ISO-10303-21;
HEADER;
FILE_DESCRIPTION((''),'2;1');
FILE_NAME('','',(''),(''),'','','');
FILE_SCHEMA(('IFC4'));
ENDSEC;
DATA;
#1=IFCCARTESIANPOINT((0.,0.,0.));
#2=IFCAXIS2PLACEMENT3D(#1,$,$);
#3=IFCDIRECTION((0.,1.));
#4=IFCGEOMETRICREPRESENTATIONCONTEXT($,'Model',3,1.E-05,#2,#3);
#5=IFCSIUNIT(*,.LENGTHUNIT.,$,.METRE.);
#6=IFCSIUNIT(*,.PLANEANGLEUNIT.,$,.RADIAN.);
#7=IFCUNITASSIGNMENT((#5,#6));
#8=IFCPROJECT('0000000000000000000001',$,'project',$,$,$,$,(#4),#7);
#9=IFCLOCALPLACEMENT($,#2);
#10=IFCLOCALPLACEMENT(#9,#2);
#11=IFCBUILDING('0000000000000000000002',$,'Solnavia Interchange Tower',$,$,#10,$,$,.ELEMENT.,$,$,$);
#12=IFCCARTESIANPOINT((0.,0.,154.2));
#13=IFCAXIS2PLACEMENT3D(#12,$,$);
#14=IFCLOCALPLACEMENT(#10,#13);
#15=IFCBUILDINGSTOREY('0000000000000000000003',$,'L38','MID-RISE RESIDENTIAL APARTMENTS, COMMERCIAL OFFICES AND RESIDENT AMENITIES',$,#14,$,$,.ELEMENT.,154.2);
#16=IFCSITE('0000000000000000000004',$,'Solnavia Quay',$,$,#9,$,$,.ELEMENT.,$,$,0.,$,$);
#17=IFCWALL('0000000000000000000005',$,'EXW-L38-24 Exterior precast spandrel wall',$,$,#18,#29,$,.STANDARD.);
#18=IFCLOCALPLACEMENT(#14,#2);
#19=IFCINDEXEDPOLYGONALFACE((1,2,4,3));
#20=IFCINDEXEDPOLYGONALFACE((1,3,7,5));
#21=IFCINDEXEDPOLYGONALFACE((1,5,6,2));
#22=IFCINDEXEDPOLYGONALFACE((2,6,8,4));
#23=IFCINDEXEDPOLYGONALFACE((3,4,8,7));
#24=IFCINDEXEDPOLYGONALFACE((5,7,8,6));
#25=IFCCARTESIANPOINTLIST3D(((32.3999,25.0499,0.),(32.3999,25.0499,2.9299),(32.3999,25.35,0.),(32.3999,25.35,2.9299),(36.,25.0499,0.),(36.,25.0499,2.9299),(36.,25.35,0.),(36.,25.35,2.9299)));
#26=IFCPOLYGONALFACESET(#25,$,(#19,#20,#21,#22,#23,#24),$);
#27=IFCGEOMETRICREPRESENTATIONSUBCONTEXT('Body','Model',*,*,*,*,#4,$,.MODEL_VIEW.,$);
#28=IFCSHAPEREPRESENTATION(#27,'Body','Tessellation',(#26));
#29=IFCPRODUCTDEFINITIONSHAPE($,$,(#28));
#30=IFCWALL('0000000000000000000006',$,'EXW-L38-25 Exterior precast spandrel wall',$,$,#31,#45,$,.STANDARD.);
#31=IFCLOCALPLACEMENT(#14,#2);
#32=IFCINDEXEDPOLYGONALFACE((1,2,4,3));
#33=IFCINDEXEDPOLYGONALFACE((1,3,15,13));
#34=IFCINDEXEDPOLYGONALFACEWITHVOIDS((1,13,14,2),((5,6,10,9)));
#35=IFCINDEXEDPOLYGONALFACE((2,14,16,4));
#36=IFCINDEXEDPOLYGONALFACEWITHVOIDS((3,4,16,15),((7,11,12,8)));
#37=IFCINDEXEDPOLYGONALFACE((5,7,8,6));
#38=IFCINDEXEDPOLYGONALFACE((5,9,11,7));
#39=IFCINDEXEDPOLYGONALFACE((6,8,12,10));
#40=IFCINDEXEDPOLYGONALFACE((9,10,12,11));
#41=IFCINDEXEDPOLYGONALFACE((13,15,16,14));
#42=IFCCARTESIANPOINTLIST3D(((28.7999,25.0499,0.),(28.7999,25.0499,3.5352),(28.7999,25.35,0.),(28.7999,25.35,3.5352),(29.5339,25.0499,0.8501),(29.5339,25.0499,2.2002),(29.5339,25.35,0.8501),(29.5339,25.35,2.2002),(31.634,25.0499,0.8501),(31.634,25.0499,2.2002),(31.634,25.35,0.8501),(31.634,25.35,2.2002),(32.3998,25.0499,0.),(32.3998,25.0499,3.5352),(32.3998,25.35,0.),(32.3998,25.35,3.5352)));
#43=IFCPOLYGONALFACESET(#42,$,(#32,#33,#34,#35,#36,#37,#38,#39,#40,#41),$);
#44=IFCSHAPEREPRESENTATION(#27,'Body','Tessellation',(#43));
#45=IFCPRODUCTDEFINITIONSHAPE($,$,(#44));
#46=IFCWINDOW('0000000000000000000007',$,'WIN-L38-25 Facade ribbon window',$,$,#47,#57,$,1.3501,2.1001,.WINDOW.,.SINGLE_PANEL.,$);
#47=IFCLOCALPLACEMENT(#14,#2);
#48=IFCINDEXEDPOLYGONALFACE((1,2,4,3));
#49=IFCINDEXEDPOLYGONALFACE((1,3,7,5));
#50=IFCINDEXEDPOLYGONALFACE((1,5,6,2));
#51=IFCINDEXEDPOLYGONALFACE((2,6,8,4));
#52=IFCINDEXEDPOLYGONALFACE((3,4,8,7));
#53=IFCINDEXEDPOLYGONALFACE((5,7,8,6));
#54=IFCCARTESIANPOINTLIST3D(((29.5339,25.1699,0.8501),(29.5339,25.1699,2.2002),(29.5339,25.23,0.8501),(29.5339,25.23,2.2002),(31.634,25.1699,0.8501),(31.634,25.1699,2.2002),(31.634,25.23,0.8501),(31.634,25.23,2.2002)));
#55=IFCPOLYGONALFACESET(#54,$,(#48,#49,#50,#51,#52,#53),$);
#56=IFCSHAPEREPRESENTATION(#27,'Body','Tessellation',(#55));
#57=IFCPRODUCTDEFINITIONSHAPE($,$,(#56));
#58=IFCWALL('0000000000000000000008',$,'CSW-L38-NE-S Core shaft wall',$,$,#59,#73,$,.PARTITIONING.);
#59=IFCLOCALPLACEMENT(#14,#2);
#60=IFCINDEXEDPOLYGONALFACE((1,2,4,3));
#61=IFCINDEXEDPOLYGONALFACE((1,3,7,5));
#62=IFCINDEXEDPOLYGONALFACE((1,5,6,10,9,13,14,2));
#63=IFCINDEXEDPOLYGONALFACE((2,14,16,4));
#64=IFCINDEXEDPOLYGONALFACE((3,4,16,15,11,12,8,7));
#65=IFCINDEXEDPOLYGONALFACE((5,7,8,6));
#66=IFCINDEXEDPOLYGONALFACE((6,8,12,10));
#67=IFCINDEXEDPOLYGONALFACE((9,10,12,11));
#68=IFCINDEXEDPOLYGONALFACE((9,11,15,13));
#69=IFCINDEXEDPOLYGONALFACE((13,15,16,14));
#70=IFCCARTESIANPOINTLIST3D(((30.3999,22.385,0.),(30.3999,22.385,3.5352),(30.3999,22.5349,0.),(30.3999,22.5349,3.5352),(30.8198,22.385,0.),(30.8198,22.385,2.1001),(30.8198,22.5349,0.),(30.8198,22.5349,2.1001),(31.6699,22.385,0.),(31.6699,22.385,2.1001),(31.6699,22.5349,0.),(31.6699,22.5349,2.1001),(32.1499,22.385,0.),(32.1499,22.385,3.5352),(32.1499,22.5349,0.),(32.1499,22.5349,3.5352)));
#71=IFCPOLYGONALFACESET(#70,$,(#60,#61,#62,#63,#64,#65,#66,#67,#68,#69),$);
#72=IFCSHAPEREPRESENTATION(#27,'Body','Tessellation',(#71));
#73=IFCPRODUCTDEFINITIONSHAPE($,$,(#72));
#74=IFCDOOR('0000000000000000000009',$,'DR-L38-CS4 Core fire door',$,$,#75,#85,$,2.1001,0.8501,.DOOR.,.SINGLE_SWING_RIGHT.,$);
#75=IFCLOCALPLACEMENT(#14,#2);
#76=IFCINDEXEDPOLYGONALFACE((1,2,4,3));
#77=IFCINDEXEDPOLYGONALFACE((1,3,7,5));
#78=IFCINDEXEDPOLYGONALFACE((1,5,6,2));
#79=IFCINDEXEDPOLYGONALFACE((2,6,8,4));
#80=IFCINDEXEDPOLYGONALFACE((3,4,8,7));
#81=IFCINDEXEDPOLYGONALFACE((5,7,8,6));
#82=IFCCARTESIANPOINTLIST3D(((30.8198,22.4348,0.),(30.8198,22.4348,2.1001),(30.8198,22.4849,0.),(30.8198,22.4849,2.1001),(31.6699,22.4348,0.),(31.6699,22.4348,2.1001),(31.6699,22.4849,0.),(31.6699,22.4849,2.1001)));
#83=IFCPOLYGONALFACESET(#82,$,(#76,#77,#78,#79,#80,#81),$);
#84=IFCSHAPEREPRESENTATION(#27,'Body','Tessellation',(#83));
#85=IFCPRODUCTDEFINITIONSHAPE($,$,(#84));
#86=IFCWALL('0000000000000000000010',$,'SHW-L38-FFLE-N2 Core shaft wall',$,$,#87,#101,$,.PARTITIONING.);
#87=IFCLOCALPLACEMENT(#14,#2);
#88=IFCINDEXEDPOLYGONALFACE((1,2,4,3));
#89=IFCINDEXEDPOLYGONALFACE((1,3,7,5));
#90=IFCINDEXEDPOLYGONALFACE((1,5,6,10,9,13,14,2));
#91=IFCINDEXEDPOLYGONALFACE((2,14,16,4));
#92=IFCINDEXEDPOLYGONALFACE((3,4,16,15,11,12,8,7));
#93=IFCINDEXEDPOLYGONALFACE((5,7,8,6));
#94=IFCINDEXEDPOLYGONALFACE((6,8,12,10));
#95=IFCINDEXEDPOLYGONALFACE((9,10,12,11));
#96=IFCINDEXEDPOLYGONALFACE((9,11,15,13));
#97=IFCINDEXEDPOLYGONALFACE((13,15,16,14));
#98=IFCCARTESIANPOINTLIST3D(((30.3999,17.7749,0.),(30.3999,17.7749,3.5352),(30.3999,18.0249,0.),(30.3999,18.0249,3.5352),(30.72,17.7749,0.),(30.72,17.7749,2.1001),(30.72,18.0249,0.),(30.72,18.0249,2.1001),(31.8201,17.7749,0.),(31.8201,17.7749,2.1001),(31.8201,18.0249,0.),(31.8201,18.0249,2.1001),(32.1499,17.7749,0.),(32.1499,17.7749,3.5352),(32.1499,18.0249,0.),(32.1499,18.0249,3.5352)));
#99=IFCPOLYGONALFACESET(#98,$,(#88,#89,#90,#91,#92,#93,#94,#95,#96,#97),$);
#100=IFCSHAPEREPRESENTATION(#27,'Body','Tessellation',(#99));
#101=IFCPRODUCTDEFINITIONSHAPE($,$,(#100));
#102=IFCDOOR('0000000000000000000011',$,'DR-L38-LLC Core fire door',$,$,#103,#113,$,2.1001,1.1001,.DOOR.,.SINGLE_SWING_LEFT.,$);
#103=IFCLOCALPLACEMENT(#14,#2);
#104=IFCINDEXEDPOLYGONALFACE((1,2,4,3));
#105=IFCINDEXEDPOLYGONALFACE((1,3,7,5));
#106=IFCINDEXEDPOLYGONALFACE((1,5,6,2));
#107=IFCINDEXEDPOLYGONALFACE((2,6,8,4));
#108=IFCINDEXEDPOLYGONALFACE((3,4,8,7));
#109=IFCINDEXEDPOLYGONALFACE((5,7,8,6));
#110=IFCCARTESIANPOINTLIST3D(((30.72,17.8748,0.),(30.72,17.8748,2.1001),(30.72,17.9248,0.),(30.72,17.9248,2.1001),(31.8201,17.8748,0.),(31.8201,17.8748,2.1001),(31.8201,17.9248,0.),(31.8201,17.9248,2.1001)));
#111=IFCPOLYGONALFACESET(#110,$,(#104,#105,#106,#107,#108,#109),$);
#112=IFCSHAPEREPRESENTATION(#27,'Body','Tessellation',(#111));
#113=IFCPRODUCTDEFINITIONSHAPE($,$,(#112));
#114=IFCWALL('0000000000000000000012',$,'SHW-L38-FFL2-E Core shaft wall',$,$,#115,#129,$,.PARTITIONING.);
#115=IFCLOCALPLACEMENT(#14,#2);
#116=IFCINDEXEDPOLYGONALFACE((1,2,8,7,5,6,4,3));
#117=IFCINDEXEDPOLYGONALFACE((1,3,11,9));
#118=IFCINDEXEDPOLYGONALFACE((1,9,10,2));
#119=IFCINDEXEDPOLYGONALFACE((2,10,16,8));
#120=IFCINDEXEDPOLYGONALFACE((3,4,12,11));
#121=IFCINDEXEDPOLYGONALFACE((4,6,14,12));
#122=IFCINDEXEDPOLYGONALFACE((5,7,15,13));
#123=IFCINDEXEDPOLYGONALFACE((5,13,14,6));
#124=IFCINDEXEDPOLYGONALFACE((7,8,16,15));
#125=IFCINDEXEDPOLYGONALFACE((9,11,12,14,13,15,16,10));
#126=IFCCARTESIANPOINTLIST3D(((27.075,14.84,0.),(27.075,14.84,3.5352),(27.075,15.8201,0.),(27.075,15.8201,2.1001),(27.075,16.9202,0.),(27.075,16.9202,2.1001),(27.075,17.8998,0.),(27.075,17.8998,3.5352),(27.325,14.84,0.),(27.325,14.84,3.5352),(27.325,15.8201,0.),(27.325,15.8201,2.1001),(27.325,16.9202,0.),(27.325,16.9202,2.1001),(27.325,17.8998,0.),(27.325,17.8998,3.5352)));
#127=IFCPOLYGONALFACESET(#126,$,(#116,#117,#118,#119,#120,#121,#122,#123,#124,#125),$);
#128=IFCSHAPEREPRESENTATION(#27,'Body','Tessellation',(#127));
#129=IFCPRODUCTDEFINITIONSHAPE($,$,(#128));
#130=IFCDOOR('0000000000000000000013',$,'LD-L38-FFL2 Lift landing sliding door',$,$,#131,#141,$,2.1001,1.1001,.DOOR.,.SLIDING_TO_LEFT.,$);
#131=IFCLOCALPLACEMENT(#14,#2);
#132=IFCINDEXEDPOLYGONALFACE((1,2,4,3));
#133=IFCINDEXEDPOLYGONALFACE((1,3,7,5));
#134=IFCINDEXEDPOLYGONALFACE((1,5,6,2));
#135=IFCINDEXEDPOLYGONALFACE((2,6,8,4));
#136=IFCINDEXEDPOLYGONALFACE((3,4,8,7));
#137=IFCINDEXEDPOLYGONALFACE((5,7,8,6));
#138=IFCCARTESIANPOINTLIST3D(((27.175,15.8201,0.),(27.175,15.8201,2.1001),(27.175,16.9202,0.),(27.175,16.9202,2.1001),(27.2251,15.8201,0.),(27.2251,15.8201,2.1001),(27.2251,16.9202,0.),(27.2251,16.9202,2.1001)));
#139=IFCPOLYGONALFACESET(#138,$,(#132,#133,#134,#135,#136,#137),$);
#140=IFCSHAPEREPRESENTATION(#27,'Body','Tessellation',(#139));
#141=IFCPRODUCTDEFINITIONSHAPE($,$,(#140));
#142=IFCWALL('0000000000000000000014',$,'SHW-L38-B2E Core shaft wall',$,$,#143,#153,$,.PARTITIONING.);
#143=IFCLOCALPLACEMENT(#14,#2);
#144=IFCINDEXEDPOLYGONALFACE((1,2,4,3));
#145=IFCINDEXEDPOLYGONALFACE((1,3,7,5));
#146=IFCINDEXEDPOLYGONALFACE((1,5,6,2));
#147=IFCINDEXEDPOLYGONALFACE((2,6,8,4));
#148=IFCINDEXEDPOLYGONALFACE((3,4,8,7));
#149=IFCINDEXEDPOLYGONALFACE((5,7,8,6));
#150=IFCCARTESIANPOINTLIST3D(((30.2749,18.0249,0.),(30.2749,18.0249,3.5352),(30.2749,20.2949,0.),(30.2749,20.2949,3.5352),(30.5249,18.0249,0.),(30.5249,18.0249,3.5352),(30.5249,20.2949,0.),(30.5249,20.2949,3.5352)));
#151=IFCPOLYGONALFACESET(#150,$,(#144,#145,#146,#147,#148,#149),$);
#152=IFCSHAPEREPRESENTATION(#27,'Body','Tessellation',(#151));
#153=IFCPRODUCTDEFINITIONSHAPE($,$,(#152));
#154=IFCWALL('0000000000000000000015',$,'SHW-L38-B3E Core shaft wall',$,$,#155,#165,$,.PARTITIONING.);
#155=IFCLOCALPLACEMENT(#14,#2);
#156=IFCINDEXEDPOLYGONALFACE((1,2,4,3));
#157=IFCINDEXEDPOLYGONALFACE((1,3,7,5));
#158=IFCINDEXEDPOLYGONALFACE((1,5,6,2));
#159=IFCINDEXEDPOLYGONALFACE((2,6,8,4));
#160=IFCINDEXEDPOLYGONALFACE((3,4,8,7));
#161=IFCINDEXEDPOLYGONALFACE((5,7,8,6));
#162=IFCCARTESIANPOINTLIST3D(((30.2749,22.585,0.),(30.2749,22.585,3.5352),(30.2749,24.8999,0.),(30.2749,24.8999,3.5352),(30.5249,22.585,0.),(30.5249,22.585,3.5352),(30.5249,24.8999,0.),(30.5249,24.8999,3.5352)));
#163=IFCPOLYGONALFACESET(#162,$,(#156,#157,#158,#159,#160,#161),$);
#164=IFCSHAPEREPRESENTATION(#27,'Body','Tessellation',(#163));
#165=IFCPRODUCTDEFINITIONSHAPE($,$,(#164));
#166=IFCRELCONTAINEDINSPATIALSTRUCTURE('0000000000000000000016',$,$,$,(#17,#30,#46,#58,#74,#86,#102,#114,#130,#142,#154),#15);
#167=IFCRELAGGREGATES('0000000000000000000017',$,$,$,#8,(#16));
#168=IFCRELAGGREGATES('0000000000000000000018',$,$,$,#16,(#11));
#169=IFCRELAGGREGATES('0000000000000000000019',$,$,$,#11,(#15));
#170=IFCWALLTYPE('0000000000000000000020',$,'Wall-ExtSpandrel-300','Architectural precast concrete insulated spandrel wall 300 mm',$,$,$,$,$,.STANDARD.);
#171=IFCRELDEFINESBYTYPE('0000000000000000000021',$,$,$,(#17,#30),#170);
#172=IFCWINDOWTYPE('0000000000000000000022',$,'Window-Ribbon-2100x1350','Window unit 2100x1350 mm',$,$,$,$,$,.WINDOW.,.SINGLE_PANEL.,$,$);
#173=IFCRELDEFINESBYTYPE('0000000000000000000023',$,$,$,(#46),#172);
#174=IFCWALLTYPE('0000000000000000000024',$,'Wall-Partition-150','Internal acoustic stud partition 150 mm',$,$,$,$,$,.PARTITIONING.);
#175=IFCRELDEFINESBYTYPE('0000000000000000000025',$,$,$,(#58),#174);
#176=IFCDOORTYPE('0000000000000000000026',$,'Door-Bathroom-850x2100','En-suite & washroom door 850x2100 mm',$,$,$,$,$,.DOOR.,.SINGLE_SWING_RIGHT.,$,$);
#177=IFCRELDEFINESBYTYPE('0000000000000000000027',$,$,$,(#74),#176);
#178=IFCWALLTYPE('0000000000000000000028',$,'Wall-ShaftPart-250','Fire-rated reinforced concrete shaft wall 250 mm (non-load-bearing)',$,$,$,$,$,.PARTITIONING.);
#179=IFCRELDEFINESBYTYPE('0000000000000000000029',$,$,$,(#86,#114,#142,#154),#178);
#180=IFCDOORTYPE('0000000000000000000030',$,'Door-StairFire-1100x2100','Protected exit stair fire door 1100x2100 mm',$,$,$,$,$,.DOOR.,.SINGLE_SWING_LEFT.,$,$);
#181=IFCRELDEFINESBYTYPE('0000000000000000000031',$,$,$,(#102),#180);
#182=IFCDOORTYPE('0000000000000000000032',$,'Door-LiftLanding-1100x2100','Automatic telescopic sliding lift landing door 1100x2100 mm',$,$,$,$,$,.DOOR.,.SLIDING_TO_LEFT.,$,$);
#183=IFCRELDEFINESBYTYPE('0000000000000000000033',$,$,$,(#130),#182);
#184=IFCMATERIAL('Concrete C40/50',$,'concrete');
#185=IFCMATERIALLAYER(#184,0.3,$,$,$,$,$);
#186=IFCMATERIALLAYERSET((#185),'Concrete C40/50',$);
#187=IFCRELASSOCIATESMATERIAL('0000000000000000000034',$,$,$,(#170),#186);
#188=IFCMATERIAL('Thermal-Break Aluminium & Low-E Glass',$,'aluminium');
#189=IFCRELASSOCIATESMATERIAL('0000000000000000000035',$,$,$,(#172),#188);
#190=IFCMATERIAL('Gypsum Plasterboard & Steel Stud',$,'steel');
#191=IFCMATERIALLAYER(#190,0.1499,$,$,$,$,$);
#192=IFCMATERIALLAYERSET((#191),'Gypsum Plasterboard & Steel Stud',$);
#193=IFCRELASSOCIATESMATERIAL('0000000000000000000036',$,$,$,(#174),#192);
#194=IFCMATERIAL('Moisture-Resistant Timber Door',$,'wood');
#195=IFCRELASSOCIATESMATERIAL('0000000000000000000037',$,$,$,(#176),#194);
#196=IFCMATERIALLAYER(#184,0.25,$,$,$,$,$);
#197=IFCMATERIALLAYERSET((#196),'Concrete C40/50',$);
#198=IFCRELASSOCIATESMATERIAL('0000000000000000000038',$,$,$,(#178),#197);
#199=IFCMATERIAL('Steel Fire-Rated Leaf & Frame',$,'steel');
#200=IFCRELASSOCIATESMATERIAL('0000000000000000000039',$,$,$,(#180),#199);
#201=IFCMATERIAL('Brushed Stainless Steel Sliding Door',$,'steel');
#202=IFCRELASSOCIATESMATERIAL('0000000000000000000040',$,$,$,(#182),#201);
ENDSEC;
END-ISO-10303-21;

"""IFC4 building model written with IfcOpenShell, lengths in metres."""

from ifc_helpers import new_model, si_unit, direction, frame, frame_2d, origin, place, context, subcontext, project, spatial, rectangle, extrude, material, layer, layer_set, type_object, element, fill, save


model = new_model("IFC4")

# Units and contexts
model_context = context("Model", 3, precision=1e-05, world=origin(), true_north=direction((0.0, 1.0)))
body_context = subcontext(model_context, "Body", "Model", "MODEL_VIEW")
ifc_project = project(units=[si_unit("LENGTHUNIT", "METRE"), si_unit("PLANEANGLEUNIT", "RADIAN")], contexts=[model_context])

# Site, building, storey
site_placement = place(None, origin())
site = spatial("IfcSite", under=ifc_project, at=site_placement, Name="Solnavia Quay", CompositionType="ELEMENT", RefElevation=0.0)
building_placement = place(site_placement, origin())
building = spatial("IfcBuilding", under=site, at=building_placement, Name="Solnavia Interchange Tower", CompositionType="ELEMENT")
storey_placement = place(building_placement, frame((0.0, 0.0, 154.2)))
storey = spatial("IfcBuildingStorey", under=building, at=storey_placement, Name="L38", Description="MID-RISE RESIDENTIAL APARTMENTS, COMMERCIAL OFFICES AND RESIDENT AMENITIES", CompositionType="ELEMENT", Elevation=154.2)

# Wall
ifc_material_1 = material(Name="Concrete C40/50", Category="concrete")
ifc_layer_1 = layer(ifc_material_1, 0.3)
ifc_layer_set_1 = layer_set([ifc_layer_1], Name="Concrete C40/50")
wall_type_1 = type_object("IfcWallType", Name="Wall-ExtSpandrel-300", Description="Architectural precast concrete insulated spandrel wall 300 mm", PredefinedType="STANDARD", material=ifc_layer_set_1)
wall_1_placement = place(storey_placement, frame((32.3999, 25.2, 0.0), z_axis=(0.0, 0.0, 1.0), x_axis=(1.0, 0.0, 0.0)))
element("IfcWall", 1, at=wall_1_placement, inside=storey, type_object=wall_type_1, Name="EXW-L38-24 Exterior precast spandrel wall", PredefinedType="STANDARD", context=body_context, shape_type="SweptSolid", body=[
    extrude(rectangle(XDim=3.6001, YDim=0.3, at=frame_2d((1.8, 0.0))), origin(), (0.0, 0.0, 1.0), 2.9299),
])

# Wall, opening, window
wall_2_placement = place(storey_placement, frame((28.8, 25.2, 0.0), z_axis=(0.0, 0.0, 1.0), x_axis=(1.0, 0.0, 0.0)))
wall_2 = element("IfcWall", 2, at=wall_2_placement, inside=storey, type_object=wall_type_1, Name="EXW-L38-25 Exterior precast spandrel wall", PredefinedType="STANDARD", context=body_context, shape_type="SweptSolid", body=[
    extrude(rectangle(XDim=3.5999, YDim=0.3, at=frame_2d((1.7998, 0.0))), origin(), (0.0, 0.0, 1.0), 3.5352),
])
opening_1_placement = place(wall_2_placement, frame((0.7339, 0.0, 0.8501)))
opening_1 = element("IfcOpeningElement", 3, at=opening_1_placement, cuts=wall_2, PredefinedType="OPENING", context=body_context, shape_type="SweptSolid", body=[
    extrude(rectangle(XDim=2.1001, YDim=1.3501, at=frame_2d((1.05, 0.675))), frame((0.0, 0.1602, 0.0), z_axis=(0.0, -1.0, 0.0), x_axis=(1.0, 0.0, 0.0)), (0.0, 0.0, 1.0), 0.3201),
])
ifc_material_2 = material(Name="Thermal-Break Aluminium & Low-E Glass", Category="aluminium")
window_type = type_object("IfcWindowType", Name="Window-Ribbon-2100x1350", Description="Window unit 2100x1350 mm", PartitioningType="SINGLE_PANEL", PredefinedType="WINDOW", material=ifc_material_2)
window_placement = place(opening_1_placement, origin())
window = element("IfcWindow", 4, at=window_placement, inside=storey, type_object=window_type, Name="WIN-L38-25 Facade ribbon window", OverallHeight=1.3501, OverallWidth=2.1001, PartitioningType="SINGLE_PANEL", PredefinedType="WINDOW", context=body_context, shape_type="SweptSolid", body=[
    extrude(rectangle(XDim=2.1001, YDim=1.3501, at=frame_2d((1.05, 0.675))), frame((0.0, 0.03, 0.0), z_axis=(0.0, -1.0, 0.0), x_axis=(1.0, 0.0, 0.0)), (0.0, 0.0, 1.0), 0.0601),
])
fill(opening_1, window)

# Walls, openings, doors
ifc_material_3 = material(Name="Gypsum Plasterboard & Steel Stud", Category="steel")
ifc_layer_2 = layer(ifc_material_3, 0.1499)
ifc_layer_set_2 = layer_set([ifc_layer_2], Name="Gypsum Plasterboard & Steel Stud")
wall_type_2 = type_object("IfcWallType", Name="Wall-Partition-150", Description="Internal acoustic stud partition 150 mm", PredefinedType="PARTITIONING", material=ifc_layer_set_2)
wall_3_placement = place(storey_placement, frame((30.3999, 22.46, 0.0), z_axis=(0.0, 0.0, 1.0), x_axis=(1.0, 0.0, 0.0)))
wall_3 = element("IfcWall", 5, at=wall_3_placement, inside=storey, type_object=wall_type_2, Name="CSW-L38-NE-S Core shaft wall", PredefinedType="PARTITIONING", context=body_context, shape_type="SweptSolid", body=[
    extrude(rectangle(XDim=1.75, YDim=0.1499, at=frame_2d((0.875, 0.0))), origin(), (0.0, 0.0, 1.0), 3.5352),
])
opening_2_placement = place(wall_3_placement, frame((0.4199, 0.0, 0.0)))
opening_2 = element("IfcOpeningElement", 6, at=opening_2_placement, cuts=wall_3, PredefinedType="OPENING", context=body_context, shape_type="SweptSolid", body=[
    extrude(rectangle(XDim=0.8501, YDim=2.1001, at=frame_2d((0.425, 1.05))), frame((0.0, 0.085, 0.0), z_axis=(0.0, -1.0, 0.0), x_axis=(1.0, 0.0, 0.0)), (0.0, 0.0, 1.0), 0.1699),
])
ifc_material_4 = material(Name="Moisture-Resistant Timber Door", Category="wood")
door_type_1 = type_object("IfcDoorType", Name="Door-Bathroom-850x2100", Description="En-suite & washroom door 850x2100 mm", OperationType="SINGLE_SWING_RIGHT", PredefinedType="DOOR", material=ifc_material_4)
door_1_placement = place(opening_2_placement, origin())
door_1 = element("IfcDoor", 7, at=door_1_placement, inside=storey, type_object=door_type_1, Name="DR-L38-CS4 Core fire door", OperationType="SINGLE_SWING_RIGHT", OverallHeight=2.1001, OverallWidth=0.8501, PredefinedType="DOOR", context=body_context, shape_type="SweptSolid", body=[
    extrude(rectangle(XDim=0.8501, YDim=2.1001, at=frame_2d((0.425, 1.05))), frame((0.0, 0.0249, 0.0), z_axis=(0.0, -1.0, 0.0), x_axis=(1.0, 0.0, 0.0)), (0.0, 0.0, 1.0), 0.05),
])
fill(opening_2, door_1)
ifc_layer_3 = layer(ifc_material_1, 0.25)
ifc_layer_set_3 = layer_set([ifc_layer_3], Name="Concrete C40/50")
wall_type_3 = type_object("IfcWallType", Name="Wall-ShaftPart-250", Description="Fire-rated reinforced concrete shaft wall 250 mm (non-load-bearing)", PredefinedType="PARTITIONING", material=ifc_layer_set_3)
wall_4_placement = place(storey_placement, frame((30.3999, 17.8999, 0.0), z_axis=(0.0, 0.0, 1.0), x_axis=(1.0, 0.0, 0.0)))
wall_4 = element("IfcWall", 8, at=wall_4_placement, inside=storey, type_object=wall_type_3, Name="SHW-L38-FFLE-N2 Core shaft wall", PredefinedType="PARTITIONING", context=body_context, shape_type="SweptSolid", body=[
    extrude(rectangle(XDim=1.75, YDim=0.25, at=frame_2d((0.875, 0.0))), origin(), (0.0, 0.0, 1.0), 3.5352),
])
opening_3_placement = place(wall_4_placement, frame((0.3201, 0.0, 0.0)))
opening_3 = element("IfcOpeningElement", 9, at=opening_3_placement, cuts=wall_4, PredefinedType="OPENING", context=body_context, shape_type="SweptSolid", body=[
    extrude(rectangle(XDim=1.1001, YDim=2.1001, at=frame_2d((0.55, 1.05))), frame((0.0, 0.135, 0.0), z_axis=(0.0, -1.0, 0.0), x_axis=(1.0, 0.0, 0.0)), (0.0, 0.0, 1.0), 0.27),
])
ifc_material_5 = material(Name="Steel Fire-Rated Leaf & Frame", Category="steel")
door_type_2 = type_object("IfcDoorType", Name="Door-StairFire-1100x2100", Description="Protected exit stair fire door 1100x2100 mm", OperationType="SINGLE_SWING_LEFT", PredefinedType="DOOR", material=ifc_material_5)
door_2_placement = place(opening_3_placement, origin())
door_2 = element("IfcDoor", 10, at=door_2_placement, inside=storey, type_object=door_type_2, Name="DR-L38-LLC Core fire door", OperationType="SINGLE_SWING_LEFT", OverallHeight=2.1001, OverallWidth=1.1001, PredefinedType="DOOR", context=body_context, shape_type="SweptSolid", body=[
    extrude(rectangle(XDim=1.1001, YDim=2.1001, at=frame_2d((0.55, 1.05))), frame((0.0, 0.0249, 0.0), z_axis=(0.0, -1.0, 0.0), x_axis=(1.0, 0.0, 0.0)), (0.0, 0.0, 1.0), 0.05),
])
fill(opening_3, door_2)
wall_5_placement = place(storey_placement, frame((27.2, 14.8401, 0.0), z_axis=(0.0, 0.0, 1.0), x_axis=(0.0, 1.0, 0.0)))
wall_5 = element("IfcWall", 11, at=wall_5_placement, inside=storey, type_object=wall_type_3, Name="SHW-L38-FFL2-E Core shaft wall", PredefinedType="PARTITIONING", context=body_context, shape_type="SweptSolid", body=[
    extrude(rectangle(XDim=3.0598, YDim=0.25, at=frame_2d((1.5298, 0.0))), origin(), (0.0, 0.0, 1.0), 3.5352),
])
opening_4_placement = place(wall_5_placement, frame((0.98, 0.0, 0.0)))
opening_4 = element("IfcOpeningElement", 12, at=opening_4_placement, cuts=wall_5, PredefinedType="OPENING", context=body_context, shape_type="SweptSolid", body=[
    extrude(rectangle(XDim=1.1001, YDim=2.1001, at=frame_2d((0.55, 1.05))), frame((0.0, 0.135, 0.0), z_axis=(0.0, -1.0, 0.0), x_axis=(1.0, 0.0, 0.0)), (0.0, 0.0, 1.0), 0.27),
])
ifc_material_6 = material(Name="Brushed Stainless Steel Sliding Door", Category="steel")
door_type_3 = type_object("IfcDoorType", Name="Door-LiftLanding-1100x2100", Description="Automatic telescopic sliding lift landing door 1100x2100 mm", OperationType="SLIDING_TO_LEFT", PredefinedType="DOOR", material=ifc_material_6)
door_3_placement = place(opening_4_placement, origin())
door_3 = element("IfcDoor", 13, at=door_3_placement, inside=storey, type_object=door_type_3, Name="LD-L38-FFL2 Lift landing sliding door", OperationType="SLIDING_TO_LEFT", OverallHeight=2.1001, OverallWidth=1.1001, PredefinedType="DOOR", context=body_context, shape_type="SweptSolid", body=[
    extrude(rectangle(XDim=1.1001, YDim=2.1001, at=frame_2d((0.55, 1.05))), frame((0.0, 0.0249, 0.0), z_axis=(0.0, -1.0, 0.0), x_axis=(1.0, 0.0, 0.0)), (0.0, 0.0, 1.0), 0.05),
])
fill(opening_4, door_3)

# Walls
wall_6_placement = place(storey_placement, frame((30.3999, 18.0249, 0.0), z_axis=(0.0, 0.0, 1.0), x_axis=(0.0, 1.0, 0.0)))
element("IfcWall", 14, at=wall_6_placement, inside=storey, type_object=wall_type_3, Name="SHW-L38-B2E Core shaft wall", PredefinedType="PARTITIONING", context=body_context, shape_type="SweptSolid", body=[
    extrude(rectangle(XDim=2.27, YDim=0.25, at=frame_2d((1.135, 0.0))), origin(), (0.0, 0.0, 1.0), 3.5352),
])
wall_7_placement = place(storey_placement, frame((30.3999, 22.585, 0.0), z_axis=(0.0, 0.0, 1.0), x_axis=(0.0, 1.0, 0.0)))
element("IfcWall", 15, at=wall_7_placement, inside=storey, type_object=wall_type_3, Name="SHW-L38-B3E Core shaft wall", PredefinedType="PARTITIONING", context=body_context, shape_type="SweptSolid", body=[
    extrude(rectangle(XDim=2.3149, YDim=0.25, at=frame_2d((1.1575, 0.0))), origin(), (0.0, 0.0, 1.0), 3.5352),
])

save(model, "model.ifc")
